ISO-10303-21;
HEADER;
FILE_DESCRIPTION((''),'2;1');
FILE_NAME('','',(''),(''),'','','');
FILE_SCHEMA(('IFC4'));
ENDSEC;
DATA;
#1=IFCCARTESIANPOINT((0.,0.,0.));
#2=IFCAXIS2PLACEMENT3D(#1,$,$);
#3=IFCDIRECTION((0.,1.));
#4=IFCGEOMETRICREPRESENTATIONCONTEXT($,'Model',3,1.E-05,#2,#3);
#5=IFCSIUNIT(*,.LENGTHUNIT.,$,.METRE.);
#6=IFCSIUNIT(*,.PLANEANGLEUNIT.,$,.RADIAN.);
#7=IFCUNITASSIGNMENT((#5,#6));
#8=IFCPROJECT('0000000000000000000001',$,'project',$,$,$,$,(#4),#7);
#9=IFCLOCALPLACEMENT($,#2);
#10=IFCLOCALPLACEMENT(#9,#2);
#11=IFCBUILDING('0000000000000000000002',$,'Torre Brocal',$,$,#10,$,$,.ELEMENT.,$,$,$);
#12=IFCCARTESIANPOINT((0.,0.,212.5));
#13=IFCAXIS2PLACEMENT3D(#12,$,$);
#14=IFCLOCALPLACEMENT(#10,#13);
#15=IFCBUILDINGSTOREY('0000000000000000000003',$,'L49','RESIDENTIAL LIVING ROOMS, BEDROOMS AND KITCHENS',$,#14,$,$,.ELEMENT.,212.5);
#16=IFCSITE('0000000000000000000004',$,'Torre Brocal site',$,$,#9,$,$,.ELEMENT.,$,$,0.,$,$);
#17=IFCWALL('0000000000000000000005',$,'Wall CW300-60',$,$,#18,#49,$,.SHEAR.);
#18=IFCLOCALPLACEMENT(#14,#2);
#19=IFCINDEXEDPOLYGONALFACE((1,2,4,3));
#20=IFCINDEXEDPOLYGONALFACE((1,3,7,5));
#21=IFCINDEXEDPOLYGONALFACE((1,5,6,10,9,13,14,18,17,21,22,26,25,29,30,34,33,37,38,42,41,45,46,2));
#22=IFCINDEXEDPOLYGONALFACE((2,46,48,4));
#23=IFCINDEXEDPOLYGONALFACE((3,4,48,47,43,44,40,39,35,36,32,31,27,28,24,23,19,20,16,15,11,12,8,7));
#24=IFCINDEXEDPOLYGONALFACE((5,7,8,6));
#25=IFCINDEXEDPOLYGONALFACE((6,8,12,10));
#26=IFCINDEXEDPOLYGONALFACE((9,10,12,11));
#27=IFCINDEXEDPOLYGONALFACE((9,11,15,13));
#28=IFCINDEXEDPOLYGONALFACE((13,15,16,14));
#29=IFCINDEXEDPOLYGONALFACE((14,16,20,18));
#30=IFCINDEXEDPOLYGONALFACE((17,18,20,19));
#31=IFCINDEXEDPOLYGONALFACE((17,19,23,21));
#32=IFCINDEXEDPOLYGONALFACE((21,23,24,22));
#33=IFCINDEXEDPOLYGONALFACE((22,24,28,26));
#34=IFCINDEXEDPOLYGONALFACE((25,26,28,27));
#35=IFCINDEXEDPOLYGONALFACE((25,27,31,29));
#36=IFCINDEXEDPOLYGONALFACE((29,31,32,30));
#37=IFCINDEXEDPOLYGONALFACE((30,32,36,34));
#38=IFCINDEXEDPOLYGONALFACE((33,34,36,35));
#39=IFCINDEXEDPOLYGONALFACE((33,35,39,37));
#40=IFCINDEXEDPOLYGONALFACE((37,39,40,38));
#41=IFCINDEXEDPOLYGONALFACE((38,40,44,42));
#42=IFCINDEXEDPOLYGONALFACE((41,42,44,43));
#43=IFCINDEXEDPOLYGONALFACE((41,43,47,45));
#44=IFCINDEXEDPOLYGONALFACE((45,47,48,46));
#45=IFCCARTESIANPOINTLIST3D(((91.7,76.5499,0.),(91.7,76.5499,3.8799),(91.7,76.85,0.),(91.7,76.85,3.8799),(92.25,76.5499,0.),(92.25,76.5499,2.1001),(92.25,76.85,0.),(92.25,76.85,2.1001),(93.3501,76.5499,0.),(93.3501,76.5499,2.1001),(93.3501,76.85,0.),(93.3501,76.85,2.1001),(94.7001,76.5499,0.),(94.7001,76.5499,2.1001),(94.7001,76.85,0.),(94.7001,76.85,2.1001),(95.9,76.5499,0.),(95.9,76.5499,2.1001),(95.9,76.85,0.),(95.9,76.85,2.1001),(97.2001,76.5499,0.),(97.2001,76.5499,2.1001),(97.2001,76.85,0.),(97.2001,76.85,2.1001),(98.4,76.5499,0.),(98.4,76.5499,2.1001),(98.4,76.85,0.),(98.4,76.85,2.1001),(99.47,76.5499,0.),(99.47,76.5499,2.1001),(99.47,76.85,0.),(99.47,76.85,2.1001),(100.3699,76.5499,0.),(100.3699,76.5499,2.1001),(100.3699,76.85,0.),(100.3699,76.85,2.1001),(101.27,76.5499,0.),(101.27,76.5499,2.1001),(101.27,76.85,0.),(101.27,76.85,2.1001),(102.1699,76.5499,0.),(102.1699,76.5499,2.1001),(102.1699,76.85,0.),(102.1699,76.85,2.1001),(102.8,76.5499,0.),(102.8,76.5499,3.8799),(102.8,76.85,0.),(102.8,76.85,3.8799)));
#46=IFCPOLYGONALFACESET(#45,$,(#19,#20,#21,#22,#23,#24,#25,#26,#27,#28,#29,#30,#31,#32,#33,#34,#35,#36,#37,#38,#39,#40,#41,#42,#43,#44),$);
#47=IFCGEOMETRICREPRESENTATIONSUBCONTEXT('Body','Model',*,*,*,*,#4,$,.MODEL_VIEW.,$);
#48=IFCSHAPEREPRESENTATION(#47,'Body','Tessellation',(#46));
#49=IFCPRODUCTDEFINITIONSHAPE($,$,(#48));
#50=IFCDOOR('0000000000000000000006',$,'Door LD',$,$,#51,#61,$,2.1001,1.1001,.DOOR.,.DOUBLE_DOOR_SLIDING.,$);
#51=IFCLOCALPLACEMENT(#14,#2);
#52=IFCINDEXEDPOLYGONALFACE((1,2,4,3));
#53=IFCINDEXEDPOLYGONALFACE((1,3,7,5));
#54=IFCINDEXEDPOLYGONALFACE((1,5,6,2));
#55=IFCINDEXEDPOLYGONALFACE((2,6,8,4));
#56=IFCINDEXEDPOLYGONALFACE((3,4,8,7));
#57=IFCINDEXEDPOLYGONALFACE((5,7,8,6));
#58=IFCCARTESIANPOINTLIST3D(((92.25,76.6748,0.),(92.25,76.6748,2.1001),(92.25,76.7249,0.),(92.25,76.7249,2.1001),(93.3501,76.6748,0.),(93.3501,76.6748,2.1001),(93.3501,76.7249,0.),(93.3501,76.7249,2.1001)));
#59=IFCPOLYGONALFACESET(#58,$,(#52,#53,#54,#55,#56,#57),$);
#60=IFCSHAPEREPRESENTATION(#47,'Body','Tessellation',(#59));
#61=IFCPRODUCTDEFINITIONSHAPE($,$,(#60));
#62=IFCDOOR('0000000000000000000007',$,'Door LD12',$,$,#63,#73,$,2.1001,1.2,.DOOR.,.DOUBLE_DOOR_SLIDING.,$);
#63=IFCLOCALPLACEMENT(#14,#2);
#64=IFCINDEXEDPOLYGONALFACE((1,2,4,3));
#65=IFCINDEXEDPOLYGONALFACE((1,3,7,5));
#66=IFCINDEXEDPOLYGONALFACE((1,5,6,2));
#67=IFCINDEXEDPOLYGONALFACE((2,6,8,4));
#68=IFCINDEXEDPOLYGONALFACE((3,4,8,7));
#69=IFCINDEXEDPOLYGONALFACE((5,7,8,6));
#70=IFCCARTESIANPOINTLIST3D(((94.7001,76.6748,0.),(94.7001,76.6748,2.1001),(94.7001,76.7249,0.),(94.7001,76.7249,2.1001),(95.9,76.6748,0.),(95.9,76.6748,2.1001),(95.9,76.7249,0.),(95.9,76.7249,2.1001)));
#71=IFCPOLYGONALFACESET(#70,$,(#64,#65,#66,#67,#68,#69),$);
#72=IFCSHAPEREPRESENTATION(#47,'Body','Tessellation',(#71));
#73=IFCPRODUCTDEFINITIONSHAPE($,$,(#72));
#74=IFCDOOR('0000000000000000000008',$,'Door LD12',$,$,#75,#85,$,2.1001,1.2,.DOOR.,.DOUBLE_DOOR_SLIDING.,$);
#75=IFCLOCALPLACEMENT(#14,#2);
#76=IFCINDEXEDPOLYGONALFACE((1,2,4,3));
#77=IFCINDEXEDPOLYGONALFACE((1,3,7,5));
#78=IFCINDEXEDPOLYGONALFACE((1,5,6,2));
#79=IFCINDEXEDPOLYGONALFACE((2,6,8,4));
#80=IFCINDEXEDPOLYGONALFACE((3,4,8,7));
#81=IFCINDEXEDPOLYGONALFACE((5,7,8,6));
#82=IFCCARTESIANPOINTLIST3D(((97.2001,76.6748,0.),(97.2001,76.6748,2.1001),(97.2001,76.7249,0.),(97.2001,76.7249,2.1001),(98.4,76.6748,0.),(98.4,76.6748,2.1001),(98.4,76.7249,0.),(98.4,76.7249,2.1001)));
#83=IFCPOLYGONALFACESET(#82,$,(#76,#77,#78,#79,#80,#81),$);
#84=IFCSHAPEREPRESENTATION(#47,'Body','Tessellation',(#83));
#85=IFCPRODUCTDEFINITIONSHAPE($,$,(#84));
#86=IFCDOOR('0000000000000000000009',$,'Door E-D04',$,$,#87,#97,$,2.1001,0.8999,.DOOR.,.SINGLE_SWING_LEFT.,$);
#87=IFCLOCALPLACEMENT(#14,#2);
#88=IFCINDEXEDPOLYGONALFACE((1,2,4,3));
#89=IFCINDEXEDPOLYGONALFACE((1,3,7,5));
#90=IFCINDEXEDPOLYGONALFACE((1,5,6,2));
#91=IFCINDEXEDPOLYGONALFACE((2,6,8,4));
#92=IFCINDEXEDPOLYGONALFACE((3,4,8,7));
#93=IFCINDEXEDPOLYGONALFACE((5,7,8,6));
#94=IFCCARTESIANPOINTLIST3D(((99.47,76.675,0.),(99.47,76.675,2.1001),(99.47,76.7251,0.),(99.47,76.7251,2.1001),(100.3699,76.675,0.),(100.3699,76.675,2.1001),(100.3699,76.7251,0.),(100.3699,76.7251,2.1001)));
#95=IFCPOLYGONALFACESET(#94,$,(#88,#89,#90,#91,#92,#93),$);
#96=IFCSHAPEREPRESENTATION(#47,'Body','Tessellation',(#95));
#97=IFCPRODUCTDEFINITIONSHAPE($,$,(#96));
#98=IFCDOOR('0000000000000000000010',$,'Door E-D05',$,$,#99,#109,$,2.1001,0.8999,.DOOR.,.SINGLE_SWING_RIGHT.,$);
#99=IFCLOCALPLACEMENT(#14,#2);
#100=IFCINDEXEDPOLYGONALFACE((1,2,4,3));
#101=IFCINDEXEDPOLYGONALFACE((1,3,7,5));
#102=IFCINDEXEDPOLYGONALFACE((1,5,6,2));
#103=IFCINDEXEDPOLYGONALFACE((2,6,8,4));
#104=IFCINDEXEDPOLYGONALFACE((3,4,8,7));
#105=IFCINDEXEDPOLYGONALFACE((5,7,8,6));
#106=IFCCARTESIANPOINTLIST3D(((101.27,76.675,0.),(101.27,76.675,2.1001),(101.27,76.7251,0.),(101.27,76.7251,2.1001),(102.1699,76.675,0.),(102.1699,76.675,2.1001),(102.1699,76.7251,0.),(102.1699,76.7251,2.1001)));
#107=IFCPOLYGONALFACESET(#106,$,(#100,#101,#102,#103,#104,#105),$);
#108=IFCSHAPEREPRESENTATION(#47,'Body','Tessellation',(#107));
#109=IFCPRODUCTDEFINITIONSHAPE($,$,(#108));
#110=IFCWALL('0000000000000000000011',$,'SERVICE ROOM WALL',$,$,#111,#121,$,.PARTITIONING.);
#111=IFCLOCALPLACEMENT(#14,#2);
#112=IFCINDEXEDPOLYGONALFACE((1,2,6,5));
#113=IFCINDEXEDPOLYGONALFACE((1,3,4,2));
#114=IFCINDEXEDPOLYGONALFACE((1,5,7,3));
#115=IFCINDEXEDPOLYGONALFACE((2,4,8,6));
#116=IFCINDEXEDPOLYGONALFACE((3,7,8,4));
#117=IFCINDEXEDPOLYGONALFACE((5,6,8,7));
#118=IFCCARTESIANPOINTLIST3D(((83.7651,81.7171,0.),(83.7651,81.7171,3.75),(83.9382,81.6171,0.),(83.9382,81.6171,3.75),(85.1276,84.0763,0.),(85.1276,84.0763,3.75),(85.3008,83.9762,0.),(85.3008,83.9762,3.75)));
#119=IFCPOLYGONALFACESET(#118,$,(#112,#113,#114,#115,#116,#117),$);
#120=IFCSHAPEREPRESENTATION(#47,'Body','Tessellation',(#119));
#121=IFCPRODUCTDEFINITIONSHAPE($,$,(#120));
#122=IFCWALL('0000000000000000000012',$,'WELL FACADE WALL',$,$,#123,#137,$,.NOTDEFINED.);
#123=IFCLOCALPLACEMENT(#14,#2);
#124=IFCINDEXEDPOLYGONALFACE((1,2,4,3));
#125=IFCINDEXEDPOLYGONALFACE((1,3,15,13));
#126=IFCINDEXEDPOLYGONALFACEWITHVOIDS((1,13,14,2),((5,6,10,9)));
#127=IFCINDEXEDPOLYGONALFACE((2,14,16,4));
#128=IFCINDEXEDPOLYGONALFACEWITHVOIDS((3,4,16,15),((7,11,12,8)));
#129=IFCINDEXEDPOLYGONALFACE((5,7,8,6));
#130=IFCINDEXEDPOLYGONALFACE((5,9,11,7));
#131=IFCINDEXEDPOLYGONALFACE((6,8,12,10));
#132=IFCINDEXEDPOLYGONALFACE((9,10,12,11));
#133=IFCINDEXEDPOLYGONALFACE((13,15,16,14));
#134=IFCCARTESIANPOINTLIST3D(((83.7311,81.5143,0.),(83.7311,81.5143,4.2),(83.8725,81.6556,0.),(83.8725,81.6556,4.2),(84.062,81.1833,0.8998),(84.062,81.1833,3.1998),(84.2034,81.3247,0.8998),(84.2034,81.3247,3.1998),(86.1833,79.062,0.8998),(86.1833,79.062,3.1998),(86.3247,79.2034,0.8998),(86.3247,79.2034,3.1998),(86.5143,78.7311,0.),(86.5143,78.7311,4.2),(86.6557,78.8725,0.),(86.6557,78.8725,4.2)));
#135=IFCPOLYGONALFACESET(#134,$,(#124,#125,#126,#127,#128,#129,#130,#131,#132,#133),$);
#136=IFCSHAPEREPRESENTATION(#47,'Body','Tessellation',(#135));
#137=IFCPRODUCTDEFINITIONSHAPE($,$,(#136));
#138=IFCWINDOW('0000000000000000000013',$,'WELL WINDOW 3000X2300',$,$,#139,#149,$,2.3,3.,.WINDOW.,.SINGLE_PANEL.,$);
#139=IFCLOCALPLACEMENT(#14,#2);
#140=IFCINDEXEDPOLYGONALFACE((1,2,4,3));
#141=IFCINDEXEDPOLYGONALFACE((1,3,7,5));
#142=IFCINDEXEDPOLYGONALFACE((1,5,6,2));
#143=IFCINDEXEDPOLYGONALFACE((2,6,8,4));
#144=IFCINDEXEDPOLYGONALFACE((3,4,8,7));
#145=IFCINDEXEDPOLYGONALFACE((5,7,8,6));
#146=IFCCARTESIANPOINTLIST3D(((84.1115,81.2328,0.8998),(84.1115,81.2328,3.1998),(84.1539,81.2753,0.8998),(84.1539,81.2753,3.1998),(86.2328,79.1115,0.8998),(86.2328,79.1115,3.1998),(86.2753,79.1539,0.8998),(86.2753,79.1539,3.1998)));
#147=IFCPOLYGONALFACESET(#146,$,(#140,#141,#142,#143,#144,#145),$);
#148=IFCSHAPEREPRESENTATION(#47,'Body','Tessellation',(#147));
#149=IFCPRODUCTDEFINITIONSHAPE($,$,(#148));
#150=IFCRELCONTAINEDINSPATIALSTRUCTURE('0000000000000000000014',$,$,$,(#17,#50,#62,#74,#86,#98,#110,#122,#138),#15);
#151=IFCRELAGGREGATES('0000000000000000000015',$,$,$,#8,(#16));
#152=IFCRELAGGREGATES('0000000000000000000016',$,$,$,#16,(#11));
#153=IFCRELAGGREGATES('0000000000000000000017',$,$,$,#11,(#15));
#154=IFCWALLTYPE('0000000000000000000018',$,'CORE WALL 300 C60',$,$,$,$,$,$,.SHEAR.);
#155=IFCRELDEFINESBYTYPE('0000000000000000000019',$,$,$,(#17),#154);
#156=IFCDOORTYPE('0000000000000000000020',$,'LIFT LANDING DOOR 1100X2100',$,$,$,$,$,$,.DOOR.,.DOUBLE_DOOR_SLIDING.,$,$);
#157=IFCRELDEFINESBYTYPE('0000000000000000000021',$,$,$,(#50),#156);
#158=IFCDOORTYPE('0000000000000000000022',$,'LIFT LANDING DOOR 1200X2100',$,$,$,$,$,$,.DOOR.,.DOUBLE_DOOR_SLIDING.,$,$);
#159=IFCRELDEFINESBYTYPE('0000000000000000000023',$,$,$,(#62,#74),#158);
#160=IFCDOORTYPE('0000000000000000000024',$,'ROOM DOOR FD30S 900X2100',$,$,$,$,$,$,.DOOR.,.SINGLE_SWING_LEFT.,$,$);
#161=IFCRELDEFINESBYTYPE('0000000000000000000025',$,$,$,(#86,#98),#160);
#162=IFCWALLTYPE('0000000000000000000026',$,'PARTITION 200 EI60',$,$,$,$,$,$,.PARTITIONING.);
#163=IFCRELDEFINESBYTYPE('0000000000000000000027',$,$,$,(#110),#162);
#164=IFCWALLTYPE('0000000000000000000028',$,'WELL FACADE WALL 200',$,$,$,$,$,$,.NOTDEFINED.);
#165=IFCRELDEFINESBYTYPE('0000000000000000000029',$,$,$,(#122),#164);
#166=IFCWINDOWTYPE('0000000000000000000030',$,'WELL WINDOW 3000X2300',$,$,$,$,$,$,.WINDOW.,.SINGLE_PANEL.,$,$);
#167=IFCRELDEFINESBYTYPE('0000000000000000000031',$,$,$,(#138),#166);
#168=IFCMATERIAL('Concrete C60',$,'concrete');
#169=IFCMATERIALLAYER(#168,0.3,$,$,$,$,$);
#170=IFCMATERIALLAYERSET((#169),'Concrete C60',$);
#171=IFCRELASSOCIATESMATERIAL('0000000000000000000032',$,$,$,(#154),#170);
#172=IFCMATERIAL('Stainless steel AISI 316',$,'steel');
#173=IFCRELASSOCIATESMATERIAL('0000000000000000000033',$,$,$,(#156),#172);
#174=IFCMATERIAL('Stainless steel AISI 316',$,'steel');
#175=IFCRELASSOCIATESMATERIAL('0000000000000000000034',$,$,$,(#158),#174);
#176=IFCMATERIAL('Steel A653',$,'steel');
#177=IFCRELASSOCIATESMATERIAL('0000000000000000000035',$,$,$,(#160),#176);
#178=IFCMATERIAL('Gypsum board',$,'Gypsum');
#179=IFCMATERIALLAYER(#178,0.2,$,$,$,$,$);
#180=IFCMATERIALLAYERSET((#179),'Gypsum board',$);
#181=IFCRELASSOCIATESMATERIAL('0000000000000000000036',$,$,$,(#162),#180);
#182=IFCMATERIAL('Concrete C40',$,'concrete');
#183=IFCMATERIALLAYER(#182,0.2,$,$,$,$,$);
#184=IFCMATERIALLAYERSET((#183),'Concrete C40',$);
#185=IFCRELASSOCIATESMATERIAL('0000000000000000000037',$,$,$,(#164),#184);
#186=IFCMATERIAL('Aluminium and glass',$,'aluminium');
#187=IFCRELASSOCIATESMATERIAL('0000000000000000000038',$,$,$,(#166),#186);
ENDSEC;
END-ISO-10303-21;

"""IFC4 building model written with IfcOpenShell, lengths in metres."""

from ifc_helpers import new_model, si_unit, direction, frame, frame_2d, origin, place, context, subcontext, project, spatial, rectangle, extrude, material, layer, layer_set, type_object, element, fill, save


model = new_model("IFC4")

# Units and contexts
model_context = context("Model", 3, precision=1e-05, world=origin(), true_north=direction((0.0, 1.0)))
body_context = subcontext(model_context, "Body", "Model", "MODEL_VIEW")
ifc_project = project(units=[si_unit("LENGTHUNIT", "METRE"), si_unit("PLANEANGLEUNIT", "RADIAN")], contexts=[model_context])

# Site, building, storey
site_placement = place(None, origin())
site = spatial("IfcSite", under=ifc_project, at=site_placement, Name="Torre Brocal site", CompositionType="ELEMENT", RefElevation=0.0)
building_placement = place(site_placement, origin())
building = spatial("IfcBuilding", under=site, at=building_placement, Name="Torre Brocal", CompositionType="ELEMENT")
storey_placement = place(building_placement, frame((0.0, 0.0, 212.5)))
storey = spatial("IfcBuildingStorey", under=building, at=storey_placement, Name="L49", Description="RESIDENTIAL LIVING ROOMS, BEDROOMS AND KITCHENS", CompositionType="ELEMENT", Elevation=212.5)

# Shared definitions
ifc_material_1 = material(Name="Concrete C60", Category="concrete")
ifc_layer_1 = layer(ifc_material_1, 0.3)
ifc_layer_set_1 = layer_set([ifc_layer_1], Name="Concrete C60")
wall_type_1 = type_object("IfcWallType", Name="CORE WALL 300 C60", PredefinedType="SHEAR", material=ifc_layer_set_1)

# Wall, openings, doors
wall_1_placement = place(storey_placement, frame((91.7, 76.7, 0.0), z_axis=(0.0, 0.0, 1.0), x_axis=(1.0, 0.0, 0.0)))
wall_1 = element("IfcWall", 1, at=wall_1_placement, inside=storey, type_object=wall_type_1, Name="Wall CW300-60", PredefinedType="SHEAR", context=body_context, shape_type="SweptSolid", body=[
    extrude(rectangle(XDim=11.1001, YDim=0.3, at=frame_2d((5.55, 0.0))), origin(), (0.0, 0.0, 1.0), 3.8799),
])
opening_1_placement = place(wall_1_placement, frame((0.55, 0.0, 0.0)))
opening_1 = element("IfcOpeningElement", 2, at=opening_1_placement, cuts=wall_1, PredefinedType="OPENING", context=body_context, shape_type="SweptSolid", body=[
    extrude(rectangle(XDim=1.1001, YDim=2.1001, at=frame_2d((0.55, 1.05))), frame((0.0, 0.1599, 0.0), z_axis=(0.0, -1.0, 0.0), x_axis=(1.0, 0.0, 0.0)), (0.0, 0.0, 1.0), 0.3201),
])
opening_2_placement = place(wall_1_placement, frame((3.0, 0.0, 0.0)))
opening_2 = element("IfcOpeningElement", 3, at=opening_2_placement, cuts=wall_1, PredefinedType="OPENING", context=body_context, shape_type="SweptSolid", body=[
    extrude(rectangle(XDim=1.2, YDim=2.1001, at=frame_2d((0.6001, 1.05))), frame((0.0, 0.1599, 0.0), z_axis=(0.0, -1.0, 0.0), x_axis=(1.0, 0.0, 0.0)), (0.0, 0.0, 1.0), 0.3201),
])
opening_3_placement = place(wall_1_placement, frame((5.5, 0.0, 0.0)))
opening_3 = element("IfcOpeningElement", 4, at=opening_3_placement, cuts=wall_1, PredefinedType="OPENING", context=body_context, shape_type="SweptSolid", body=[
    extrude(rectangle(XDim=1.2, YDim=2.1001, at=frame_2d((0.6001, 1.05))), frame((0.0, 0.1599, 0.0), z_axis=(0.0, -1.0, 0.0), x_axis=(1.0, 0.0, 0.0)), (0.0, 0.0, 1.0), 0.3201),
])
opening_4_placement = place(wall_1_placement, frame((7.77, 0.0, 0.0)))
opening_4 = element("IfcOpeningElement", 5, at=opening_4_placement, cuts=wall_1, PredefinedType="OPENING", context=body_context, shape_type="SweptSolid", body=[
    extrude(rectangle(XDim=0.8999, YDim=2.1001, at=frame_2d((0.45, 1.05))), frame((0.0, 0.1599, 0.0), z_axis=(0.0, -1.0, 0.0), x_axis=(1.0, 0.0, 0.0)), (0.0, 0.0, 1.0), 0.3201),
])
opening_5_placement = place(wall_1_placement, frame((9.5701, 0.0, 0.0)))
opening_5 = element("IfcOpeningElement", 6, at=opening_5_placement, cuts=wall_1, PredefinedType="OPENING", context=body_context, shape_type="SweptSolid", body=[
    extrude(rectangle(XDim=0.8999, YDim=2.1001, at=frame_2d((0.45, 1.05))), frame((0.0, 0.1599, 0.0), z_axis=(0.0, -1.0, 0.0), x_axis=(1.0, 0.0, 0.0)), (0.0, 0.0, 1.0), 0.3201),
])
ifc_material_2 = material(Name="Stainless steel AISI 316", Category="steel")
door_type_1 = type_object("IfcDoorType", Name="LIFT LANDING DOOR 1100X2100", OperationType="DOUBLE_DOOR_SLIDING", PredefinedType="DOOR", material=ifc_material_2)
door_1_placement = place(opening_1_placement, origin())
door_1 = element("IfcDoor", 7, at=door_1_placement, inside=storey, type_object=door_type_1, Name="Door LD", OperationType="DOUBLE_DOOR_SLIDING", OverallHeight=2.1001, OverallWidth=1.1001, PredefinedType="DOOR", context=body_context, shape_type="SweptSolid", body=[
    extrude(rectangle(XDim=1.1001, YDim=2.1001, at=frame_2d((0.55, 1.05))), frame((0.0, 0.0249, 0.0), z_axis=(0.0, -1.0, 0.0), x_axis=(1.0, 0.0, 0.0)), (0.0, 0.0, 1.0), 0.05),
])
fill(opening_1, door_1)
ifc_material_3 = material(Name="Stainless steel AISI 316", Category="steel")
door_type_2 = type_object("IfcDoorType", Name="LIFT LANDING DOOR 1200X2100", OperationType="DOUBLE_DOOR_SLIDING", PredefinedType="DOOR", material=ifc_material_3)
door_2_placement = place(opening_2_placement, origin())
door_2 = element("IfcDoor", 8, at=door_2_placement, inside=storey, type_object=door_type_2, Name="Door LD12", OperationType="DOUBLE_DOOR_SLIDING", OverallHeight=2.1001, OverallWidth=1.2, PredefinedType="DOOR", context=body_context, shape_type="SweptSolid", body=[
    extrude(rectangle(XDim=1.2, YDim=2.1001, at=frame_2d((0.6001, 1.05))), frame((0.0, 0.0249, 0.0), z_axis=(0.0, -1.0, 0.0), x_axis=(1.0, 0.0, 0.0)), (0.0, 0.0, 1.0), 0.05),
])
fill(opening_2, door_2)
door_3_placement = place(opening_3_placement, origin())
door_3 = element("IfcDoor", 9, at=door_3_placement, inside=storey, type_object=door_type_2, Name="Door LD12", OperationType="DOUBLE_DOOR_SLIDING", OverallHeight=2.1001, OverallWidth=1.2, PredefinedType="DOOR", context=body_context, shape_type="SweptSolid", body=[
    extrude(rectangle(XDim=1.2, YDim=2.1001, at=frame_2d((0.6001, 1.05))), frame((0.0, 0.0249, 0.0), z_axis=(0.0, -1.0, 0.0), x_axis=(1.0, 0.0, 0.0)), (0.0, 0.0, 1.0), 0.05),
])
fill(opening_3, door_3)
ifc_material_4 = material(Name="Steel A653", Category="steel")
door_type_3 = type_object("IfcDoorType", Name="ROOM DOOR FD30S 900X2100", OperationType="SINGLE_SWING_LEFT", PredefinedType="DOOR", material=ifc_material_4)
door_4_placement = place(opening_4_placement, frame((0.8999, 0.0, 0.0), z_axis=(0.0, 0.0, 1.0), x_axis=(-1.0, 0.0, 0.0)))
door_4 = element("IfcDoor", 10, at=door_4_placement, inside=storey, type_object=door_type_3, Name="Door E-D04", OperationType="SINGLE_SWING_LEFT", OverallHeight=2.1001, OverallWidth=0.8999, PredefinedType="DOOR", context=body_context, shape_type="SweptSolid", body=[
    extrude(rectangle(XDim=0.8999, YDim=2.1001, at=frame_2d((0.45, 1.05))), frame((0.0, 0.0249, 0.0), z_axis=(0.0, -1.0, 0.0), x_axis=(1.0, 0.0, 0.0)), (0.0, 0.0, 1.0), 0.05),
])
fill(opening_4, door_4)
door_5_placement = place(opening_5_placement, frame((0.8999, 0.0, 0.0), z_axis=(0.0, 0.0, 1.0), x_axis=(-1.0, 0.0, 0.0)))
door_5 = element("IfcDoor", 11, at=door_5_placement, inside=storey, type_object=door_type_3, Name="Door E-D05", OperationType="SINGLE_SWING_RIGHT", OverallHeight=2.1001, OverallWidth=0.8999, PredefinedType="DOOR", context=body_context, shape_type="SweptSolid", body=[
    extrude(rectangle(XDim=0.8999, YDim=2.1001, at=frame_2d((0.45, 1.05))), frame((0.0, 0.0249, 0.0), z_axis=(0.0, -1.0, 0.0), x_axis=(1.0, 0.0, 0.0)), (0.0, 0.0, 1.0), 0.05),
])
fill(opening_5, door_5)

# Wall
ifc_material_5 = material(Name="Gypsum board", Category="Gypsum")
ifc_layer_2 = layer(ifc_material_5, 0.2)
ifc_layer_set_2 = layer_set([ifc_layer_2], Name="Gypsum board")
wall_type_2 = type_object("IfcWallType", Name="PARTITION 200 EI60", PredefinedType="PARTITIONING", material=ifc_layer_set_2)
wall_2_placement = place(storey_placement, frame((83.8516, 81.667, 0.0), z_axis=(0.0, 0.0, 1.0), x_axis=(0.500139, 0.865945, 0.0)))
element("IfcWall", 12, at=wall_2_placement, inside=storey, type_object=wall_type_2, Name="SERVICE ROOM WALL", PredefinedType="PARTITIONING", context=body_context, shape_type="SweptSolid", body=[
    extrude(rectangle(XDim=2.7244, YDim=0.2, at=frame_2d((1.3623, 0.0))), origin(), (0.0, 0.0, 1.0), 3.75),
])

# Wall, opening, window
ifc_material_6 = material(Name="Concrete C40", Category="concrete")
ifc_layer_3 = layer(ifc_material_6, 0.2)
ifc_layer_set_3 = layer_set([ifc_layer_3], Name="Concrete C40")
wall_type_3 = type_object("IfcWallType", Name="WELL FACADE WALL 200", PredefinedType="NOTDEFINED", material=ifc_layer_set_3)
wall_3_placement = place(storey_placement, frame((86.585, 78.8018, 0.0), z_axis=(0.0, 0.0, 1.0), x_axis=(-0.707107, 0.707107, 0.0)))
wall_3 = element("IfcWall", 13, at=wall_3_placement, inside=storey, type_object=wall_type_3, Name="WELL FACADE WALL", PredefinedType="NOTDEFINED", context=body_context, shape_type="SweptSolid", body=[
    extrude(rectangle(XDim=3.936, YDim=0.2, at=frame_2d((1.968, 0.0))), origin(), (0.0, 0.0, 1.0), 4.2),
])
opening_6_placement = place(wall_3_placement, frame((0.468, 0.0, 0.8999)))
opening_6 = element("IfcOpeningElement", 14, at=opening_6_placement, cuts=wall_3, PredefinedType="OPENING", context=body_context, shape_type="SweptSolid", body=[
    extrude(rectangle(XDim=3.0, YDim=2.3, at=frame_2d((1.5, 1.1499))), frame((0.0, 0.1099, 0.0), z_axis=(0.0, -1.0, 0.0), x_axis=(1.0, 0.0, 0.0)), (0.0, 0.0, 1.0), 0.22),
])
ifc_material_7 = material(Name="Aluminium and glass", Category="aluminium")
window_type = type_object("IfcWindowType", Name="WELL WINDOW 3000X2300", PartitioningType="SINGLE_PANEL", PredefinedType="WINDOW", material=ifc_material_7)
window_1_placement = place(opening_6_placement, origin())
window_1 = element("IfcWindow", 15, at=window_1_placement, inside=storey, type_object=window_type, Name="WELL WINDOW 3000X2300", OverallHeight=2.3, OverallWidth=3.0, PartitioningType="SINGLE_PANEL", PredefinedType="WINDOW", context=body_context, shape_type="SweptSolid", body=[
    extrude(rectangle(XDim=3.0, YDim=2.3, at=frame_2d((1.5, 1.1499))), frame((0.0, 0.03, 0.0), z_axis=(0.0, -1.0, 0.0), x_axis=(1.0, 0.0, 0.0)), (0.0, 0.0, 1.0), 0.0601),
])
fill(opening_6, window_1)

save(model, "model.ifc")
